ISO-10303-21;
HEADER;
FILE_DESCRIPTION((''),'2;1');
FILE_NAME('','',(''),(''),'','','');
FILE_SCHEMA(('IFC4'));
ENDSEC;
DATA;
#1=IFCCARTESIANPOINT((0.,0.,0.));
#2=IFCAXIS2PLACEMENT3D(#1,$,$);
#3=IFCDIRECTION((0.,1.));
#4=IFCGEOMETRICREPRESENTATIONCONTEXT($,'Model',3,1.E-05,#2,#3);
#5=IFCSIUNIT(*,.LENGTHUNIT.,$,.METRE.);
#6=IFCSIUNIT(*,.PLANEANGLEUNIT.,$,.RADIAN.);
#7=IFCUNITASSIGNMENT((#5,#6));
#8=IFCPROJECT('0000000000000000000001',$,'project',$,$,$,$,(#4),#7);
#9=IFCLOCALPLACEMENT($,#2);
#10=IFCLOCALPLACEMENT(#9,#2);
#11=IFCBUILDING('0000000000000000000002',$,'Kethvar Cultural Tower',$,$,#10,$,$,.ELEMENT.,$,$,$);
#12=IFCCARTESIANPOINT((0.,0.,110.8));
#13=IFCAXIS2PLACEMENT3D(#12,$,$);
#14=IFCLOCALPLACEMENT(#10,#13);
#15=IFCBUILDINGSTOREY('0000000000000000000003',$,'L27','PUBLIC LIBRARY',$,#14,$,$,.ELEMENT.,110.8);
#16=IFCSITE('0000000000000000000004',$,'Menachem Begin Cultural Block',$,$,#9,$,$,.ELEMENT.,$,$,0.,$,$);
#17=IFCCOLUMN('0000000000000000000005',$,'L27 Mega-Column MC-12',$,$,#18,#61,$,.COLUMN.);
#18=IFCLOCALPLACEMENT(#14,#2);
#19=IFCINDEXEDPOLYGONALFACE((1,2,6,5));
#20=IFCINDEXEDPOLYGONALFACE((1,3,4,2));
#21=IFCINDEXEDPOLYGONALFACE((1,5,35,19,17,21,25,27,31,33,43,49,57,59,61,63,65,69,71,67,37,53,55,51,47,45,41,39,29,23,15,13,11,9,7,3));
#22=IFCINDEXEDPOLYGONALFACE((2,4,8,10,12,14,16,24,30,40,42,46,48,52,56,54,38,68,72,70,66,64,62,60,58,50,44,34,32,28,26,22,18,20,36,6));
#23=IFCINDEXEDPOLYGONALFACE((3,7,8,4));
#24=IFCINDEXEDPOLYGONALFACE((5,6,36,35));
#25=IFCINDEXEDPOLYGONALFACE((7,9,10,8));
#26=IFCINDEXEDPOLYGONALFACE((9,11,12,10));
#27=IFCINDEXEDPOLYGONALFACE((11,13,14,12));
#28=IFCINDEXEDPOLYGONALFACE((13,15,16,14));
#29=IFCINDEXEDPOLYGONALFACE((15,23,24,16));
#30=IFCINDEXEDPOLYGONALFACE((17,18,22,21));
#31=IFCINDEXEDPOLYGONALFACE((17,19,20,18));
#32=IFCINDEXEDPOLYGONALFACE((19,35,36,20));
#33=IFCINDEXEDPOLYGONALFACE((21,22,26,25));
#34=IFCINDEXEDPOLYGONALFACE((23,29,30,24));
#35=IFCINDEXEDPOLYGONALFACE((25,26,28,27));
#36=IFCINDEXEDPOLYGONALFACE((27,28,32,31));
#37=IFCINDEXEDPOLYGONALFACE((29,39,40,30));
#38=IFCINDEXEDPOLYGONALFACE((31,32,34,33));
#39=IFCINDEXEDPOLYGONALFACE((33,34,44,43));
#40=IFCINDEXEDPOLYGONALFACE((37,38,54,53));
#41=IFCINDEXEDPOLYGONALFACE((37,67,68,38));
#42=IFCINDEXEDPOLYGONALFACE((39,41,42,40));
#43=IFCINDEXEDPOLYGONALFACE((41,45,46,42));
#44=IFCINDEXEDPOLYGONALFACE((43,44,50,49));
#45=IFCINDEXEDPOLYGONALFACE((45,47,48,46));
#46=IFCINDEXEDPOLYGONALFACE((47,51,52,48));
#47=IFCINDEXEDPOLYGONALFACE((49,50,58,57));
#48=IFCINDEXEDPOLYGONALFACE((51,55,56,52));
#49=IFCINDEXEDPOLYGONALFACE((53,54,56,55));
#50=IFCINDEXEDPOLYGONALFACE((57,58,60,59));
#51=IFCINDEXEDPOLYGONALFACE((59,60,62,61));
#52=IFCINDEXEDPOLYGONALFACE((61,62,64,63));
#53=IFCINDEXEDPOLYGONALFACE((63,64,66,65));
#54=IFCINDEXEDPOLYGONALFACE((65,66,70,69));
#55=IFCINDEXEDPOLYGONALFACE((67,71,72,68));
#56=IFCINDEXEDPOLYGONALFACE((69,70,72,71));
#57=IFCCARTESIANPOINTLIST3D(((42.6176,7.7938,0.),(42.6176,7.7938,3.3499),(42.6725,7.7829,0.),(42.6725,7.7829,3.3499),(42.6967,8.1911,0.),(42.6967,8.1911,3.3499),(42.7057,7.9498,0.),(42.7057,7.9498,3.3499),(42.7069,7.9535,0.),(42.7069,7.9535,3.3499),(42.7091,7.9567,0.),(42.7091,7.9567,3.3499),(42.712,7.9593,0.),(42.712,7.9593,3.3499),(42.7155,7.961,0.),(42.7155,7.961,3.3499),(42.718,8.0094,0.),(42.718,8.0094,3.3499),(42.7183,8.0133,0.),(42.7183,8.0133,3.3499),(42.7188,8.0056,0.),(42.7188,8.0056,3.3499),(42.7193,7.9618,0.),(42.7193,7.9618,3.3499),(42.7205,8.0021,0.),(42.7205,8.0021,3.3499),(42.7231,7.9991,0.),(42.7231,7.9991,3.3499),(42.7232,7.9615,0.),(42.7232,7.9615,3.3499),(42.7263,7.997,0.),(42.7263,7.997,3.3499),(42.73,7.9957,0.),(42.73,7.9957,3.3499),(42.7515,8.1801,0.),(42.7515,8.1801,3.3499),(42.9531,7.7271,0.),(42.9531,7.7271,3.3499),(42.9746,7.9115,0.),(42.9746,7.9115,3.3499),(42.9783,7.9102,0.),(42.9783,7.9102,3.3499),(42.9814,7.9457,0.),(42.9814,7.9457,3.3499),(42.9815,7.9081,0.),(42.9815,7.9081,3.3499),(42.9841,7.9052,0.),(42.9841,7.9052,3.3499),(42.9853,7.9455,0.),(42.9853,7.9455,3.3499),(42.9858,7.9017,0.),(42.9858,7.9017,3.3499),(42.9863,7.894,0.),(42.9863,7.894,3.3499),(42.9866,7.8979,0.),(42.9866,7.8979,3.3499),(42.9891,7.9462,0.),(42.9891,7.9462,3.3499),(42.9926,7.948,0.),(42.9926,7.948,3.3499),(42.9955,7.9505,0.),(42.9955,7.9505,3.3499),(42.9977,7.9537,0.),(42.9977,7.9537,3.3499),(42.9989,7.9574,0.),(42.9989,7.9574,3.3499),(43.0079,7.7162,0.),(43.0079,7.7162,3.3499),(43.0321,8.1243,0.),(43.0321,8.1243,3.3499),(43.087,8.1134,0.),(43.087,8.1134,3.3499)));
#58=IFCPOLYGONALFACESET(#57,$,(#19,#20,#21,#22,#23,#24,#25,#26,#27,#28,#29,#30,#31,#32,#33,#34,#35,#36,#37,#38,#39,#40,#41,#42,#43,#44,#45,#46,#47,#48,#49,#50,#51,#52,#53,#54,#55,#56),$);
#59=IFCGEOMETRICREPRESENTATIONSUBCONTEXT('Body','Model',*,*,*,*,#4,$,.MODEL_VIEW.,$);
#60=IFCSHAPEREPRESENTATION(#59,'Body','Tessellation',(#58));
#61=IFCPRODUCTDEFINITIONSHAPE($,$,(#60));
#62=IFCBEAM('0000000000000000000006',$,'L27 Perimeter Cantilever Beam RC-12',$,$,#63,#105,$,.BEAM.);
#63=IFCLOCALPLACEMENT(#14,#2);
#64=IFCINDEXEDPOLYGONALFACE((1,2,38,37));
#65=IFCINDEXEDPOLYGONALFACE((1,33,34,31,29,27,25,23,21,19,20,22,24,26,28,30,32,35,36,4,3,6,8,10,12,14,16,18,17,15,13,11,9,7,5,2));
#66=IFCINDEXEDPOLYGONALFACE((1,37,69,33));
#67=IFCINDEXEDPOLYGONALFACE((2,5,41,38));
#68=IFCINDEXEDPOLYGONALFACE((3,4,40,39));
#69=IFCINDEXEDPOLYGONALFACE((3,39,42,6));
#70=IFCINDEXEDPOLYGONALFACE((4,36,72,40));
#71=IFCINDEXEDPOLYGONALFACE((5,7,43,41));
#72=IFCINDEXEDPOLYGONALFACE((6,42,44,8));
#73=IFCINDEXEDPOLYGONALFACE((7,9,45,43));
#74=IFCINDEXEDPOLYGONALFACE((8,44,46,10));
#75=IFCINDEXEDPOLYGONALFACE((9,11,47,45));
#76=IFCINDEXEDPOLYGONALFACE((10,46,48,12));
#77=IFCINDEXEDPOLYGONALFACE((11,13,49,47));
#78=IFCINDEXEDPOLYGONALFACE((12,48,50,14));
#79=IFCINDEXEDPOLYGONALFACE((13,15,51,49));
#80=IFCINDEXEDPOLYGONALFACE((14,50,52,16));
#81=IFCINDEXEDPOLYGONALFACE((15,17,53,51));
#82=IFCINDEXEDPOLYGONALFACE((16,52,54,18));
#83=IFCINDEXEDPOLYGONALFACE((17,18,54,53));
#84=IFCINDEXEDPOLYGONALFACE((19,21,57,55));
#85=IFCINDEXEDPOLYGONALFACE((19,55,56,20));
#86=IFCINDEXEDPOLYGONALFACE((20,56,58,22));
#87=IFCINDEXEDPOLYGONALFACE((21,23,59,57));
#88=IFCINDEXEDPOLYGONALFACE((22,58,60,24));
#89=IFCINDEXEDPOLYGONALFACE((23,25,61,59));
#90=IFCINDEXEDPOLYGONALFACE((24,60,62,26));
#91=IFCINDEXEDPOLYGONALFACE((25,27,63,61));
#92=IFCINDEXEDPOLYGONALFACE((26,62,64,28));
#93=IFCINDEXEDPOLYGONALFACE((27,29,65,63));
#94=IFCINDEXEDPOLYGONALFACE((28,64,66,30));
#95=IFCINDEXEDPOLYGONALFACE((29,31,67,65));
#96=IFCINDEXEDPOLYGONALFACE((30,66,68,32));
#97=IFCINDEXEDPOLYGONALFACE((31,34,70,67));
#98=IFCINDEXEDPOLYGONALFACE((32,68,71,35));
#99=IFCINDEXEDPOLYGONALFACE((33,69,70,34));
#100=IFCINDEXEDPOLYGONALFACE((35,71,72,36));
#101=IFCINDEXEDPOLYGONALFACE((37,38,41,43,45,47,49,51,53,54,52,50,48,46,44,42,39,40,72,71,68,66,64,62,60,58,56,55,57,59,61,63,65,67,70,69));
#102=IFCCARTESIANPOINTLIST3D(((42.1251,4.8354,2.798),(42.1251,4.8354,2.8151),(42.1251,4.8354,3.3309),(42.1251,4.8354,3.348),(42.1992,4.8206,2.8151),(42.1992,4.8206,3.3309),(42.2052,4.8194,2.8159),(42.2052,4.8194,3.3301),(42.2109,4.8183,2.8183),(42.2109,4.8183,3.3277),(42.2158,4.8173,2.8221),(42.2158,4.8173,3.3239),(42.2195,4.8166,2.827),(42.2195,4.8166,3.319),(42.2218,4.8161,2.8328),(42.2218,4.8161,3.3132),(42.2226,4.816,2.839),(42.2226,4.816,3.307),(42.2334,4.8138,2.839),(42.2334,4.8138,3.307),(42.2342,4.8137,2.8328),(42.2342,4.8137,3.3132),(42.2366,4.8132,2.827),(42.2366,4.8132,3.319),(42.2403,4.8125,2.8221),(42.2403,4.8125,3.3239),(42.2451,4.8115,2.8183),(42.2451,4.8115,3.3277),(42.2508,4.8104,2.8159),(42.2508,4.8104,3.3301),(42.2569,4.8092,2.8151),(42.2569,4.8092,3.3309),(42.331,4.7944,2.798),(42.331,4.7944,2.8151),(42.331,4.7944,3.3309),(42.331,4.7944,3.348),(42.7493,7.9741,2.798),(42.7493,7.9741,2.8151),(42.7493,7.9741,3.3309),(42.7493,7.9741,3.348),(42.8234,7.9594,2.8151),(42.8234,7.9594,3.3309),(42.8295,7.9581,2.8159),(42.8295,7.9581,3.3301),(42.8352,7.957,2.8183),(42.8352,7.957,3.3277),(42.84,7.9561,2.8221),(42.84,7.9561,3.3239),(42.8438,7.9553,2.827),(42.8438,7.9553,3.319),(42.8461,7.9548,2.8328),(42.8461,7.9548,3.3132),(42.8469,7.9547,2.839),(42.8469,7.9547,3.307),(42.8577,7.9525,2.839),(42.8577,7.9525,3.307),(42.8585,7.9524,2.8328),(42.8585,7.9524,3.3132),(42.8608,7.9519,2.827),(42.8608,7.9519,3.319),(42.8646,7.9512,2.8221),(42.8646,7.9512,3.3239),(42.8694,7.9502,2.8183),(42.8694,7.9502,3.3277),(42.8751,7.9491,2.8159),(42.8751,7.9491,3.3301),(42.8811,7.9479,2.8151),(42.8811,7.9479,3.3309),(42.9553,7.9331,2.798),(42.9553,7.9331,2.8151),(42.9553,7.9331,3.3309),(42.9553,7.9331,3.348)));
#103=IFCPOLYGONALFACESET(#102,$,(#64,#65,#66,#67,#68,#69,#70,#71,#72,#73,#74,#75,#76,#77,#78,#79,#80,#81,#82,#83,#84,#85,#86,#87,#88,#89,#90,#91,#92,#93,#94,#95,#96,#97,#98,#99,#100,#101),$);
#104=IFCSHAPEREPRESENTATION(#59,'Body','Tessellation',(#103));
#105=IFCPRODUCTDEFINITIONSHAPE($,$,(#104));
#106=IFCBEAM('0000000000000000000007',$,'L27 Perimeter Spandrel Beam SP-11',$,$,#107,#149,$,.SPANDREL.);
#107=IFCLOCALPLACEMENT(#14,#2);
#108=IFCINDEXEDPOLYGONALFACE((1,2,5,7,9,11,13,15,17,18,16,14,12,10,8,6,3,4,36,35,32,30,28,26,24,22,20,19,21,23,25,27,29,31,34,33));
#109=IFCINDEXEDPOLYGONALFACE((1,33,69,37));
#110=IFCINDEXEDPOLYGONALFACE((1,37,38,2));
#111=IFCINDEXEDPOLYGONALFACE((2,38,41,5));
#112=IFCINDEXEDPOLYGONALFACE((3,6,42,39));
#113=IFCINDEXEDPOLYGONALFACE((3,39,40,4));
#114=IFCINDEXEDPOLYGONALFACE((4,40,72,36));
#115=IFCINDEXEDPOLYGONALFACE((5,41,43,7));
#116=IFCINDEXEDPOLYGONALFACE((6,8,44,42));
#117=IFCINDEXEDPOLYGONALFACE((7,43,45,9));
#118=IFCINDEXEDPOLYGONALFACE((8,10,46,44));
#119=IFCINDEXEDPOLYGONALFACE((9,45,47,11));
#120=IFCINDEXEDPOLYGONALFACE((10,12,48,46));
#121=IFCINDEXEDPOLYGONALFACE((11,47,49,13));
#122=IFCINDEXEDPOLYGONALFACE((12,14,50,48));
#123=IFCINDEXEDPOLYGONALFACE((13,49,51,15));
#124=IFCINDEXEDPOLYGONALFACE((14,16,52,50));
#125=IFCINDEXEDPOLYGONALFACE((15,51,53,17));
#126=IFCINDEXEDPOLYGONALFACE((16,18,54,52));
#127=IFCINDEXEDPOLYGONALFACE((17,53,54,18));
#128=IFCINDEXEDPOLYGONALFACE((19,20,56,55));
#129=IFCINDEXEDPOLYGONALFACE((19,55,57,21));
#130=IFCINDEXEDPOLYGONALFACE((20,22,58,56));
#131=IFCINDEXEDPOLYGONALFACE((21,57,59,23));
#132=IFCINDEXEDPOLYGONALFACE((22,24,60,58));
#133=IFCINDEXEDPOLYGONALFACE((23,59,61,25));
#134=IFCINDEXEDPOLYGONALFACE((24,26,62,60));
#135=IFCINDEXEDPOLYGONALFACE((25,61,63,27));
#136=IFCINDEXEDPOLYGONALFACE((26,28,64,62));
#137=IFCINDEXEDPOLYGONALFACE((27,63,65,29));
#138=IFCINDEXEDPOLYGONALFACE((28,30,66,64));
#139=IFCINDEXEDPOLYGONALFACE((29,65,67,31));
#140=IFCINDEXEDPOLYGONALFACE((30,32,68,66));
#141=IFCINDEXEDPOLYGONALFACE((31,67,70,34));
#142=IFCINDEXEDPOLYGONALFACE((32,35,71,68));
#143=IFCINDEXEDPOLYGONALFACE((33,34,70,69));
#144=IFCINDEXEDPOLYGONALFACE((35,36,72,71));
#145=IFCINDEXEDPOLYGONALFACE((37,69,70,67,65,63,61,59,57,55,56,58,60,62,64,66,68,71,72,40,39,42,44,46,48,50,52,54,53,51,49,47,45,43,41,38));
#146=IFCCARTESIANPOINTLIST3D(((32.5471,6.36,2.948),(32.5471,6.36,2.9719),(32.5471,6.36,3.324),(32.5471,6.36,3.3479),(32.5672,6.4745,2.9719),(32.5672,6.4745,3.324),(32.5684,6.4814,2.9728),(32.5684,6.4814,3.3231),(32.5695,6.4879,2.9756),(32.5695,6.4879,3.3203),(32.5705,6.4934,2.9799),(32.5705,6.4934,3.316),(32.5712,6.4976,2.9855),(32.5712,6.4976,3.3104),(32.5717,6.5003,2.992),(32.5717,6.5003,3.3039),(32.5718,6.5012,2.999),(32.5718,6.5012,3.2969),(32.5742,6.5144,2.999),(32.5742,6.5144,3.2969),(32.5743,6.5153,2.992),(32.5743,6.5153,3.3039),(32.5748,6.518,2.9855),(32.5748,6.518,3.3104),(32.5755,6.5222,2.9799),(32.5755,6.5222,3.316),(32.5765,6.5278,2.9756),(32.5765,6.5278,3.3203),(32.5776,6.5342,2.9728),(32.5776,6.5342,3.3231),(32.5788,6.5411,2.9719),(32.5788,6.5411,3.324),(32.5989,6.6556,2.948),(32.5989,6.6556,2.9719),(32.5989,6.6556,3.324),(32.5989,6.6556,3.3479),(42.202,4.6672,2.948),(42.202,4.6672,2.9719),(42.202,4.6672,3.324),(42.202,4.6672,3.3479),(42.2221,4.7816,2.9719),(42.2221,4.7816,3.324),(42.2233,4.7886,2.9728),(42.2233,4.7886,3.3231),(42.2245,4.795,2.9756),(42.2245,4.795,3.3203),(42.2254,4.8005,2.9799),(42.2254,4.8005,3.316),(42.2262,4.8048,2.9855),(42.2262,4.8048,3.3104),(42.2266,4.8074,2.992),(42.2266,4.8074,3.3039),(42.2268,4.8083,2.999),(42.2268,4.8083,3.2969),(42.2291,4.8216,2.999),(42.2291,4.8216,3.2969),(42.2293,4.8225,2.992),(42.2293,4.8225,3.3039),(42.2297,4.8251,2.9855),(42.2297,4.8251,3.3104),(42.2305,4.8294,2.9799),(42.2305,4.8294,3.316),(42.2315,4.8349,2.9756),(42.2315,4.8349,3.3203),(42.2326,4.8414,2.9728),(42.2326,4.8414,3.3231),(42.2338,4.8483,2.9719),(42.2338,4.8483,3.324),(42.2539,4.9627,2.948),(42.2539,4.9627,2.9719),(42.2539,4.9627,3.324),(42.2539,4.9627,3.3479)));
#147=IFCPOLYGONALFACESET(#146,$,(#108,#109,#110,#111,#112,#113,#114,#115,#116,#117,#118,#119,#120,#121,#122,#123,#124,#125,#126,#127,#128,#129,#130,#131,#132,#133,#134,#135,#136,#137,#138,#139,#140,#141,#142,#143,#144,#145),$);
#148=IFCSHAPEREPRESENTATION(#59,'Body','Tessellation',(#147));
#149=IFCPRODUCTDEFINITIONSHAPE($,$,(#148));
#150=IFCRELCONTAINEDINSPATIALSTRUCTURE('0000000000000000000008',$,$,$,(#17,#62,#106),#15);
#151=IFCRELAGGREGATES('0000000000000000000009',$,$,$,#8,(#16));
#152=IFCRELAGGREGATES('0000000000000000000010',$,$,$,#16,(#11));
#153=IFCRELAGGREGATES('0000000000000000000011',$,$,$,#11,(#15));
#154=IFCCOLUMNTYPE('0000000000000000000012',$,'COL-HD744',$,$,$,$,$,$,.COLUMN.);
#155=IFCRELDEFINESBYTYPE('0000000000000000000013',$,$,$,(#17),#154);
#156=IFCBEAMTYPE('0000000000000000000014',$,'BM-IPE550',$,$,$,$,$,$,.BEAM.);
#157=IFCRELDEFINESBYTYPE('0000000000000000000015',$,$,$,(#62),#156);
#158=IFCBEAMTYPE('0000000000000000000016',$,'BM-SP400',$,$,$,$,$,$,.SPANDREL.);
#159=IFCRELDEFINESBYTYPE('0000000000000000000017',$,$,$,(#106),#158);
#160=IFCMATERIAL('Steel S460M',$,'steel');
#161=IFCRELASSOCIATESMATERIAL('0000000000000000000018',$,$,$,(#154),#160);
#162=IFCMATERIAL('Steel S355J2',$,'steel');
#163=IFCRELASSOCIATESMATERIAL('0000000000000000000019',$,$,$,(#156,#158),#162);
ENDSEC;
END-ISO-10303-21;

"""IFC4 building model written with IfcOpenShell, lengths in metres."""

from ifc_helpers import new_model, si_unit, direction, frame, origin, origin_2d, place, context, subcontext, project, spatial, i_section, extrude, source, transform, mapped, material, material_profile, profile_set, type_object, element, save


model = new_model("IFC4")

# Units and contexts
model_context = context("Model", 3, precision=1e-05, world=origin(), true_north=direction((0.0, 1.0)))
body_context = subcontext(model_context, "Body", "Model", "MODEL_VIEW")
ifc_project = project(units=[si_unit("LENGTHUNIT", "METRE"), si_unit("PLANEANGLEUNIT", "RADIAN")], contexts=[model_context])

# Site, building, storey
site_placement = place(None, origin())
site = spatial("IfcSite", under=ifc_project, at=site_placement, Name="Menachem Begin Cultural Block", CompositionType="ELEMENT", RefElevation=0.0)
building_placement = place(site_placement, origin())
building = spatial("IfcBuilding", under=site, at=building_placement, Name="Kethvar Cultural Tower", CompositionType="ELEMENT")
storey_placement = place(building_placement, frame((0.0, 0.0, 110.8)))
storey = spatial("IfcBuildingStorey", under=building, at=storey_placement, Name="L27", Description="PUBLIC LIBRARY", CompositionType="ELEMENT", Elevation=110.8)

# Column
ifc_material_1 = material(Name="Steel S460M", Category="steel")
ifc_material_profile_1 = material_profile(ifc_material_1, i_section(OverallWidth=0.405, OverallDepth=0.3979, WebThickness=0.0349, FlangeThickness=0.0559, FilletRadius=0.0149, at=origin_2d()), Name="Steel S460M — HD400x744")
ifc_profile_set_1 = profile_set([ifc_material_profile_1], Name="Steel S460M — HD400x744")
column_type = type_object("IfcColumnType", Name="COL-HD744", PredefinedType="COLUMN", material=ifc_profile_set_1)
shared_shape_1 = source(origin(), body_context, "Body", "SweptSolid", [
    extrude(i_section(OverallWidth=0.405, OverallDepth=0.3979, WebThickness=0.0349, FlangeThickness=0.0559, FilletRadius=0.0149, at=origin_2d()), origin(), (0.0, 0.0, 1.0), 3.3499),
])
column_placement = place(storey_placement, frame((42.8523, 7.9536, 0.0), z_axis=(0.0, 0.0, 1.0), x_axis=(-0.19509, -0.980785, 0.0)))
element("IfcColumn", 1, at=column_placement, inside=storey, type_object=column_type, Name="L27 Mega-Column MC-12", PredefinedType="COLUMN", context=body_context, shape_type="MappedRepresentation", body=[
    mapped(shared_shape_1, transform((0.0, 0.0, 0.0), scale=1.0)),
])

# Beams
ifc_material_2 = material(Name="Steel S355J2", Category="steel")
ifc_material_profile_2 = material_profile(ifc_material_2, i_section(OverallWidth=0.21, OverallDepth=0.55, WebThickness=0.011, FlangeThickness=0.0171, FilletRadius=0.0239, at=origin_2d()), Name="Steel S355J2 — IPE550")
ifc_profile_set_2 = profile_set([ifc_material_profile_2], Name="Steel S355J2 — IPE550")
beam_type_1 = type_object("IfcBeamType", Name="BM-IPE550", PredefinedType="BEAM", material=ifc_profile_set_2)
shared_shape_2 = source(origin(), body_context, "Body", "SweptSolid", [
    extrude(i_section(OverallWidth=0.21, OverallDepth=0.55, WebThickness=0.011, FlangeThickness=0.0171, FilletRadius=0.0239, at=origin_2d()), origin(), (0.0, 0.0, 1.0), 3.2002),
])
beam_1_placement = place(storey_placement, frame((42.8523, 7.9536, 3.073), z_axis=(-0.195074, -0.980788, 0.0), x_axis=(0.980788, -0.195074, 0.0)))
element("IfcBeam", 2, at=beam_1_placement, inside=storey, type_object=beam_type_1, Name="L27 Perimeter Cantilever Beam RC-12", PredefinedType="BEAM", context=body_context, shape_type="MappedRepresentation", body=[
    mapped(shared_shape_2, transform((0.0, 0.0, 0.0), scale=1.0)),
])
ifc_material_profile_3 = material_profile(ifc_material_2, i_section(OverallWidth=0.3, OverallDepth=0.3999, WebThickness=0.0134, FlangeThickness=0.0239, FilletRadius=0.0271, at=origin_2d()), Name="Steel S355J2 — HEB400")
ifc_profile_set_3 = profile_set([ifc_material_profile_3], Name="Steel S355J2 — HEB400")
beam_type_2 = type_object("IfcBeamType", Name="BM-SP400", PredefinedType="SPANDREL", material=ifc_profile_set_3)
shared_shape_3 = source(origin(), body_context, "Body", "SweptSolid", [
    extrude(i_section(OverallWidth=0.3, OverallDepth=0.3999, WebThickness=0.0134, FlangeThickness=0.0239, FilletRadius=0.0271, at=origin_2d()), origin(), (0.0, 0.0, 1.0), 9.8022),
])
beam_2_placement = place(storey_placement, frame((32.573, 6.5078, 3.1479), z_axis=(0.984974, -0.172701, 0.0), x_axis=(0.172701, 0.984974, 0.0)))
element("IfcBeam", 3, at=beam_2_placement, inside=storey, type_object=beam_type_2, Name="L27 Perimeter Spandrel Beam SP-11", PredefinedType="SPANDREL", context=body_context, shape_type="MappedRepresentation", body=[
    mapped(shared_shape_3, transform((0.0, 0.0, 0.0), scale=1.0)),
])

save(model, "model.ifc")
